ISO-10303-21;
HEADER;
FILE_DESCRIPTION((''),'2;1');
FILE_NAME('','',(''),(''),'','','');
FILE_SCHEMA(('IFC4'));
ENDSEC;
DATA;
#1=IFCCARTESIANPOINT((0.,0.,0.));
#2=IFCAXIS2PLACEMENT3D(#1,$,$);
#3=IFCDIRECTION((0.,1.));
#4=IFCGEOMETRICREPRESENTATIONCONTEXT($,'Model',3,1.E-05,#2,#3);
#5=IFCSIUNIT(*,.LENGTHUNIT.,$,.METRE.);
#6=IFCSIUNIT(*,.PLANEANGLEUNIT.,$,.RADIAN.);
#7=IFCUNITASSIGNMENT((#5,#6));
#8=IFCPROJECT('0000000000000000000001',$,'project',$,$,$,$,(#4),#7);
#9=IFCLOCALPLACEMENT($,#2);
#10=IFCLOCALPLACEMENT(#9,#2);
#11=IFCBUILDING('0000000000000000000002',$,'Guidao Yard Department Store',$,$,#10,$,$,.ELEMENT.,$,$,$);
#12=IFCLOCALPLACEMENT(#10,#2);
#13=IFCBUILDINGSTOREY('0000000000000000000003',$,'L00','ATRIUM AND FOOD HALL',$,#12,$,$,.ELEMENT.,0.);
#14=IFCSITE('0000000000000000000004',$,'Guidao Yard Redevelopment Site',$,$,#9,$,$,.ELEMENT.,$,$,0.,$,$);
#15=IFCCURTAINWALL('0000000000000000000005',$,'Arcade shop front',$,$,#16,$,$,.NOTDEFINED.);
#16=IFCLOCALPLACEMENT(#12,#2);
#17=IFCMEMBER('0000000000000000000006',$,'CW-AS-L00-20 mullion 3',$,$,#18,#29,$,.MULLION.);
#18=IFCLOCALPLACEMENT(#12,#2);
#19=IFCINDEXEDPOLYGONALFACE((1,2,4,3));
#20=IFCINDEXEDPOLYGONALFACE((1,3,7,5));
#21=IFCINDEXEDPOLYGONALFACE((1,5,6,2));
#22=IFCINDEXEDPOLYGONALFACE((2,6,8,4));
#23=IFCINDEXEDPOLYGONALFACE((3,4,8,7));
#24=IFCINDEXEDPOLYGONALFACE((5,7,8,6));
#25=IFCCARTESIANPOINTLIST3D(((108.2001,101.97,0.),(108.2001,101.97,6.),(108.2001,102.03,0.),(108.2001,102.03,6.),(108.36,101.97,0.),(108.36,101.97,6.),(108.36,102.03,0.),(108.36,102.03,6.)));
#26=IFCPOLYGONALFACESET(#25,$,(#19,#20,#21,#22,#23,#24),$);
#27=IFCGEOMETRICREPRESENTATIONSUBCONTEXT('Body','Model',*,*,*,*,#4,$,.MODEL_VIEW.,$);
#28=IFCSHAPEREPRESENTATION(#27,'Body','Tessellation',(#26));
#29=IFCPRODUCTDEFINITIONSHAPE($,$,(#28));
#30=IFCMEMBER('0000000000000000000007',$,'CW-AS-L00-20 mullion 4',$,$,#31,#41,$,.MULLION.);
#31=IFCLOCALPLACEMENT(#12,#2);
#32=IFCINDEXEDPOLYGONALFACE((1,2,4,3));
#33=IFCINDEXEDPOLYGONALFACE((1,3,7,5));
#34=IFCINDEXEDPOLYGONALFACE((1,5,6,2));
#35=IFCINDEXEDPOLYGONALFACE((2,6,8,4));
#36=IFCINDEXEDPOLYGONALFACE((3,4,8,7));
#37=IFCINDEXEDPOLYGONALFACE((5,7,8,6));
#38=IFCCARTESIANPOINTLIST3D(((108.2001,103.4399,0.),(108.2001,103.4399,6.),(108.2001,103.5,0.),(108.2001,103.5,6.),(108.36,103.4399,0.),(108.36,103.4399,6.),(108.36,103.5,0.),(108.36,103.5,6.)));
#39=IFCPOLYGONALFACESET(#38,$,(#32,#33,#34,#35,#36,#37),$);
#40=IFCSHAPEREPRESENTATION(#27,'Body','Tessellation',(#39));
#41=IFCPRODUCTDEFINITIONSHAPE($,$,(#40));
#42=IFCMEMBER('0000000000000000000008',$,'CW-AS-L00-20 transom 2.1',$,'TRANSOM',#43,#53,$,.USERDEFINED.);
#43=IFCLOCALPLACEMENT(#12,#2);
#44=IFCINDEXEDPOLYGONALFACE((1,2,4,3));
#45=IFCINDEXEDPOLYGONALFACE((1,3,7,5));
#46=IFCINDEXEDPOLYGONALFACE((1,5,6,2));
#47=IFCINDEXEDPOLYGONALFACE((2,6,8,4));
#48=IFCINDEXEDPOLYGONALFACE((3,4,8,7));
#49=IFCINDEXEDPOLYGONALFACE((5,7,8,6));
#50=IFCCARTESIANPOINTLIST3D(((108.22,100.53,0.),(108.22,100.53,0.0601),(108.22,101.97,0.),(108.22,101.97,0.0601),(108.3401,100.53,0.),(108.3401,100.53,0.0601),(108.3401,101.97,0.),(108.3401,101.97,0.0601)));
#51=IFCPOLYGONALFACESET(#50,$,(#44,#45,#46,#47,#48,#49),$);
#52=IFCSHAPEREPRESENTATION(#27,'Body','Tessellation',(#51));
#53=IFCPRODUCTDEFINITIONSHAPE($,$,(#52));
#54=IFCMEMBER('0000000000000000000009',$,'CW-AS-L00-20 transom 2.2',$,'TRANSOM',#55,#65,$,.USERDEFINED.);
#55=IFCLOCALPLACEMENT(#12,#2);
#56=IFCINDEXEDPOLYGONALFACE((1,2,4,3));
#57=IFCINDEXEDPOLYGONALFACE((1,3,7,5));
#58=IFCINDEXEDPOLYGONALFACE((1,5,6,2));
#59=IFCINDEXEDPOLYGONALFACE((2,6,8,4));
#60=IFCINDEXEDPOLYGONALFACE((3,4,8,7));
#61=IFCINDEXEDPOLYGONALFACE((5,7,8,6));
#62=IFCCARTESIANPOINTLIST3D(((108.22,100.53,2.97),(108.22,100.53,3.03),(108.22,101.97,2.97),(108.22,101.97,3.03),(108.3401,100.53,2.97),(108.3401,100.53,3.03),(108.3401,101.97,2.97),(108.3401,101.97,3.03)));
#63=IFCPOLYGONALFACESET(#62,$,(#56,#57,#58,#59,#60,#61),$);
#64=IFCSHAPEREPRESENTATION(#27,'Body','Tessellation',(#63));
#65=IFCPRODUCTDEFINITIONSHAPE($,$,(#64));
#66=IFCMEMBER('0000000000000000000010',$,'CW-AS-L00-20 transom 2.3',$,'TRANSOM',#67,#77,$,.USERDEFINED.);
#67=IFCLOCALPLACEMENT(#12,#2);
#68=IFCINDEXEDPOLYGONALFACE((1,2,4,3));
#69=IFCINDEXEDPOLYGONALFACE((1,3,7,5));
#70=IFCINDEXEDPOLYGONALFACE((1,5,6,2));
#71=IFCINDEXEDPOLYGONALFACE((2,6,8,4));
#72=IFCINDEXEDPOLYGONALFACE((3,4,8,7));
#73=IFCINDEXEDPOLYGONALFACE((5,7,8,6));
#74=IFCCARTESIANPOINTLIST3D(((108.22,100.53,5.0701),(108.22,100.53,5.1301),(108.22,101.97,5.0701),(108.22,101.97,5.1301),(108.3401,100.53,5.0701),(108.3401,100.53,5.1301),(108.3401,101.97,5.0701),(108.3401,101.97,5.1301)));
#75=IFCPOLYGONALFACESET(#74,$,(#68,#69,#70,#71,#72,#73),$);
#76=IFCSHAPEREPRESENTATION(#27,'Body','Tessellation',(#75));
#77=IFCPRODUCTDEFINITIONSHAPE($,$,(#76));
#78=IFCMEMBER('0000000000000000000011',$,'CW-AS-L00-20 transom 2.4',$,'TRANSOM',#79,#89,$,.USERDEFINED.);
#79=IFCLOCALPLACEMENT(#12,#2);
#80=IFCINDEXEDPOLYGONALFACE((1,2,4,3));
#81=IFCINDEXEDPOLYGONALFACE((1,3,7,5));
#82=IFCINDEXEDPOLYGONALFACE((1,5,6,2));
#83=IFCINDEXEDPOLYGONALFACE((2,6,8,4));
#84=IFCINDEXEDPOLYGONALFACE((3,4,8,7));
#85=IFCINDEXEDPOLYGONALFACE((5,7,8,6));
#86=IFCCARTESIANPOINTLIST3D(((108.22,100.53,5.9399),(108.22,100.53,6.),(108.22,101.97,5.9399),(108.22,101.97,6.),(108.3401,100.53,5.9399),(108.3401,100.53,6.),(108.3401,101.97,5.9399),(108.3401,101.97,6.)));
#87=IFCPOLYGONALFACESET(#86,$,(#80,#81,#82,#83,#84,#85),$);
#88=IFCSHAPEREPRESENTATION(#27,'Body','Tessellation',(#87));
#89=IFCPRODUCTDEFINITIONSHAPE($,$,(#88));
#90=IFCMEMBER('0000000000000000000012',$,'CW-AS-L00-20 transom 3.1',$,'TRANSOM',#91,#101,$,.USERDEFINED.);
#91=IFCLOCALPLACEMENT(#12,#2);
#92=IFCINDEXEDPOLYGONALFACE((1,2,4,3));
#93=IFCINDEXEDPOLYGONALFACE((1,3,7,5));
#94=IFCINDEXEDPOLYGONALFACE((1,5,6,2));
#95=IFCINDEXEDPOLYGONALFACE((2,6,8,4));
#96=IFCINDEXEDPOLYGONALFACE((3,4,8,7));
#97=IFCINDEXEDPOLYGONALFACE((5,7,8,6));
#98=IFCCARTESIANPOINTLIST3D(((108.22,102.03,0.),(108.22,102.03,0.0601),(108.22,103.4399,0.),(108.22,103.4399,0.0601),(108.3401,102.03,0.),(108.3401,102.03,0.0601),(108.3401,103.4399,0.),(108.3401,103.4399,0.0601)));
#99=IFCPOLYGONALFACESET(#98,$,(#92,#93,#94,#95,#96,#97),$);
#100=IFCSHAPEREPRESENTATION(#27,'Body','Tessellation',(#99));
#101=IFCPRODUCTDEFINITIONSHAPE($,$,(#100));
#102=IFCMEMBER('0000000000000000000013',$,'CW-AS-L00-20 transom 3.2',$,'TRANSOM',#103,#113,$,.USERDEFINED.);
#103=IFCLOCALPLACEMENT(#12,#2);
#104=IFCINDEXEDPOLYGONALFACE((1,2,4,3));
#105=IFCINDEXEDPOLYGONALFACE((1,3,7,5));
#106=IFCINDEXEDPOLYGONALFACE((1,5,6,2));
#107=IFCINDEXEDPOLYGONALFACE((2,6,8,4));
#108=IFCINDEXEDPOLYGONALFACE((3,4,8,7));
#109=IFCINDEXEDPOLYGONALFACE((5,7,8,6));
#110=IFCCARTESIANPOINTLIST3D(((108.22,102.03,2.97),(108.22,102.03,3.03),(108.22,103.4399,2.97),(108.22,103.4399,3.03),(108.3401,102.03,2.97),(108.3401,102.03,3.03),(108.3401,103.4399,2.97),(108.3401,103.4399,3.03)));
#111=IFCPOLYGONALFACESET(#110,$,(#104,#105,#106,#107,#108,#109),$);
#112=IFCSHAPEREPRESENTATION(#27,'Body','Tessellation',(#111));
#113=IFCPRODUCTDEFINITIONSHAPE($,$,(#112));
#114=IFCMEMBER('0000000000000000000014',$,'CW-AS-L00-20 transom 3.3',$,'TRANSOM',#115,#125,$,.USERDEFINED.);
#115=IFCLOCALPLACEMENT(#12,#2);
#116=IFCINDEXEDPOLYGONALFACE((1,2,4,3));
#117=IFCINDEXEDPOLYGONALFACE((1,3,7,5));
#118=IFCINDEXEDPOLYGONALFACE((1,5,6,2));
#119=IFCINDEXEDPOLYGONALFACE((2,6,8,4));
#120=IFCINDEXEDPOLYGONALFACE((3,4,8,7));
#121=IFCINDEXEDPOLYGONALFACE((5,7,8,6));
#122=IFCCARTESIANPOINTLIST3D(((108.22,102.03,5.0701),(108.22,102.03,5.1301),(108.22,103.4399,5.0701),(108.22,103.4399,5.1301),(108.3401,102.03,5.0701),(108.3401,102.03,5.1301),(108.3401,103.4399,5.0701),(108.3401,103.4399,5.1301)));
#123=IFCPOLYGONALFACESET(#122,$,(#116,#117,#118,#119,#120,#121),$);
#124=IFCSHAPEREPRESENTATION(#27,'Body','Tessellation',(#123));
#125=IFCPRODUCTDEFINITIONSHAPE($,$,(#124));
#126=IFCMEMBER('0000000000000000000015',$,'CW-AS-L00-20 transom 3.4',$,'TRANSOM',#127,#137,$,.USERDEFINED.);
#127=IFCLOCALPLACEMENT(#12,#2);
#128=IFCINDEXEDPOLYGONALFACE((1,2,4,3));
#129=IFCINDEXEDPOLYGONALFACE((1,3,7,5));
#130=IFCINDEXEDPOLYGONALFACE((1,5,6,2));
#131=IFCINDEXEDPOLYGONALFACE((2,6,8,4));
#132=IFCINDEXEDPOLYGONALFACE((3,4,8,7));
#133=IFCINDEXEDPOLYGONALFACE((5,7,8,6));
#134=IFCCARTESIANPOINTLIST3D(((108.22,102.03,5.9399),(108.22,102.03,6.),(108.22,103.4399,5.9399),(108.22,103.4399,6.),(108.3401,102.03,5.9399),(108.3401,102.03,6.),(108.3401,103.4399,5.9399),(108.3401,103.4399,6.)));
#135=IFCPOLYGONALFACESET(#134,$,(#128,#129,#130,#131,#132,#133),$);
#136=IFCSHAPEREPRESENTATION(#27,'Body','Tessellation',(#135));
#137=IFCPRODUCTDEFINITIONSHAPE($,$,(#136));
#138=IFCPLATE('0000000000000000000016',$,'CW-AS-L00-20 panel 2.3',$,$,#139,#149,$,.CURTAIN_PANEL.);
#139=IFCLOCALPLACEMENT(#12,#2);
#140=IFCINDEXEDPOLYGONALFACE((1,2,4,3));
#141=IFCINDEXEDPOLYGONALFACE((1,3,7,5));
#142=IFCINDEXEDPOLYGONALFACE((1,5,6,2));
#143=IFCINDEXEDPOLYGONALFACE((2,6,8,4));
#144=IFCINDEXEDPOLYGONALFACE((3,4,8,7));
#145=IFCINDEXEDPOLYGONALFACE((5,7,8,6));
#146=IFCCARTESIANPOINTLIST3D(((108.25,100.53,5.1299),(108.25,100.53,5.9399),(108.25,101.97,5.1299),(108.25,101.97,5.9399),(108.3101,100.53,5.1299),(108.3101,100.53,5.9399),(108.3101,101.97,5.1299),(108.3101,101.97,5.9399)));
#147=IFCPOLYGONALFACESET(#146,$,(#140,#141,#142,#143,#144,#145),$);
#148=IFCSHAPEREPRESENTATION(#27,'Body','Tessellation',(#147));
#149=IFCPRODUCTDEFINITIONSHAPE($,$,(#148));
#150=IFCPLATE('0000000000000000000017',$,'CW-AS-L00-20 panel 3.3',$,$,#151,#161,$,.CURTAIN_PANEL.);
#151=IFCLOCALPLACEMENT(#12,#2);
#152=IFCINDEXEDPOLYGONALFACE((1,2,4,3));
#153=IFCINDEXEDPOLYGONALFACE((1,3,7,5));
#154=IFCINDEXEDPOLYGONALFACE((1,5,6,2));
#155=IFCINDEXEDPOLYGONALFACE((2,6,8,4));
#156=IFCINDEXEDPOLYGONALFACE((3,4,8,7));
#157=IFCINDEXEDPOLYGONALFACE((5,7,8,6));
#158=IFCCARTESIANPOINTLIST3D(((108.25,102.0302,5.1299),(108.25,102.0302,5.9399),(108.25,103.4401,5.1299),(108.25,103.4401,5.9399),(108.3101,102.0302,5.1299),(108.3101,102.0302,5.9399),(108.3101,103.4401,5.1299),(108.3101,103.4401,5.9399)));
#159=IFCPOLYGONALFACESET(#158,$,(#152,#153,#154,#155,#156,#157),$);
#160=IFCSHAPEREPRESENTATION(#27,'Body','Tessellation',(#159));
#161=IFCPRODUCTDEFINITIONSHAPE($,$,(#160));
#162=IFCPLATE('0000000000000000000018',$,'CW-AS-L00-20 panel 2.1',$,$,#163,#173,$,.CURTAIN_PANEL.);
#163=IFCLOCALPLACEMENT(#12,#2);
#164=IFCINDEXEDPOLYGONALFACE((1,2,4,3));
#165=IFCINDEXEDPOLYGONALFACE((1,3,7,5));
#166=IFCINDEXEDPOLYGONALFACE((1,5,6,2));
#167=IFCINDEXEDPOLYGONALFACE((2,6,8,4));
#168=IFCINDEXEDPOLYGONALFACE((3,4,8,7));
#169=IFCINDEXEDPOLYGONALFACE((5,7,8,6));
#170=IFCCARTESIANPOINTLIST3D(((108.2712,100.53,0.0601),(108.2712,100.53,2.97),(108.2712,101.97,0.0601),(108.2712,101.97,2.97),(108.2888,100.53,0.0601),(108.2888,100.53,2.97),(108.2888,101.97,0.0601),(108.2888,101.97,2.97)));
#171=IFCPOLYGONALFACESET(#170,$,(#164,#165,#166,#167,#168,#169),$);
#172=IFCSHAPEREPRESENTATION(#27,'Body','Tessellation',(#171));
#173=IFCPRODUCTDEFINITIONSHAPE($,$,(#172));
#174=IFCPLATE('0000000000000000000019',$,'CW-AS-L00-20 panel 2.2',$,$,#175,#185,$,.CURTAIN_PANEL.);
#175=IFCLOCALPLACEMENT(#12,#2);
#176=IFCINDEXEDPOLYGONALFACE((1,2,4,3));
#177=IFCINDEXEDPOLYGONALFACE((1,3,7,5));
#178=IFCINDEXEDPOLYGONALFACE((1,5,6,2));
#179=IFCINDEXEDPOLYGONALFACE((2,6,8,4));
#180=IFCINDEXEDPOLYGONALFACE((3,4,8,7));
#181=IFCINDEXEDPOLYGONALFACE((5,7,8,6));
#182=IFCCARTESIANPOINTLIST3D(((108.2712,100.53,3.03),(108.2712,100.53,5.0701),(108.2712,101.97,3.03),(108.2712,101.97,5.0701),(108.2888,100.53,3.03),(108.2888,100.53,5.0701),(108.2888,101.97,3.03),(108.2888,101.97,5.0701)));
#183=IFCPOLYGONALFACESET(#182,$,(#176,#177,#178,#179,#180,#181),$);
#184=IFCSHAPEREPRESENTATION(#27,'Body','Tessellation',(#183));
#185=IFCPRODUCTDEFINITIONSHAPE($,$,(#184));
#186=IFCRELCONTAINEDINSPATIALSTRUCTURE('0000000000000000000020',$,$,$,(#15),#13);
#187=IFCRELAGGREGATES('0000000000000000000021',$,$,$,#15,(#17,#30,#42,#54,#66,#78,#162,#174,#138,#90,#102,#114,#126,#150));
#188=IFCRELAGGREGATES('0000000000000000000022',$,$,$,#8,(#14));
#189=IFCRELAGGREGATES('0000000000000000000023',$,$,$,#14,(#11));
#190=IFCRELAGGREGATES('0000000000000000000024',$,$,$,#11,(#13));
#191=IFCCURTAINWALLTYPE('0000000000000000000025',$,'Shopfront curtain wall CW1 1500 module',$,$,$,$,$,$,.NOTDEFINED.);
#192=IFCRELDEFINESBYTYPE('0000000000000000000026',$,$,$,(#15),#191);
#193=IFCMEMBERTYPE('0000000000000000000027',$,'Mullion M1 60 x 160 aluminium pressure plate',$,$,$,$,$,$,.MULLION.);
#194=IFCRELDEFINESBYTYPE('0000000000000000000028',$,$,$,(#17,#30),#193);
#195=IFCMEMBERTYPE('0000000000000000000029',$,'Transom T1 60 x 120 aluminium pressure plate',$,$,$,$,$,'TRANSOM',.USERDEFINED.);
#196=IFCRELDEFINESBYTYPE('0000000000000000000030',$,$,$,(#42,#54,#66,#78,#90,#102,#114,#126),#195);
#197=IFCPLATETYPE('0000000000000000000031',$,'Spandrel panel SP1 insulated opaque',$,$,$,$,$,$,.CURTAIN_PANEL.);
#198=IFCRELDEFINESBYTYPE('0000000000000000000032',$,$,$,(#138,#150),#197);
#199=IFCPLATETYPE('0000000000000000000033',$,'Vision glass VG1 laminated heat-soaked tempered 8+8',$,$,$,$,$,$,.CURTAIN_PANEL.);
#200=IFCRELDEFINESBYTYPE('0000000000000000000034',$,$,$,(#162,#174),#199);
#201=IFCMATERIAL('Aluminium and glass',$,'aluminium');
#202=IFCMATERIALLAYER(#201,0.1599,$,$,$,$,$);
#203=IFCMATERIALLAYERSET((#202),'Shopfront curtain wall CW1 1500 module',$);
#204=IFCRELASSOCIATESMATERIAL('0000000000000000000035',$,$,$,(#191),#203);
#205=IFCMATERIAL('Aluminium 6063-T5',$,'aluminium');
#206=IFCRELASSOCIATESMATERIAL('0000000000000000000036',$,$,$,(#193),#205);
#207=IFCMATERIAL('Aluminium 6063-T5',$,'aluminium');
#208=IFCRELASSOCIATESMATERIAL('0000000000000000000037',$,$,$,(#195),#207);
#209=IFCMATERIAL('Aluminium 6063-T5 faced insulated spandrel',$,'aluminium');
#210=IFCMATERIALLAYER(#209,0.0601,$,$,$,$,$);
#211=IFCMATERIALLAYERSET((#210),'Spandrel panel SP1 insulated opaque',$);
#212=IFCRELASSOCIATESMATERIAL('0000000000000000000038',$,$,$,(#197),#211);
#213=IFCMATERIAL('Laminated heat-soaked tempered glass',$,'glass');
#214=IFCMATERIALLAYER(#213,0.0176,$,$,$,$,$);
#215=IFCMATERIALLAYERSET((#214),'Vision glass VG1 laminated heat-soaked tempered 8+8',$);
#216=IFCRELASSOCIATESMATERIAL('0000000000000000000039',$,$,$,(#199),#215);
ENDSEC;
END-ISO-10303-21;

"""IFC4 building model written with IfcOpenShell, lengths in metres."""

from ifc_helpers import new_model, si_unit, direction, frame, origin, origin_2d, place, context, subcontext, project, spatial, rectangle, extrude, material, layer, layer_set, material_profile, profile_set, type_object, element, aggregate, save


model = new_model("IFC4")

# Units and contexts
model_context = context("Model", 3, precision=1e-05, world=origin(), true_north=direction((0.0, 1.0)))
body_context = subcontext(model_context, "Body", "Model", "MODEL_VIEW")
ifc_project = project(units=[si_unit("LENGTHUNIT", "METRE"), si_unit("PLANEANGLEUNIT", "RADIAN")], contexts=[model_context])

# Site, building, storey
site_placement = place(None, origin())
site = spatial("IfcSite", under=ifc_project, at=site_placement, Name="Guidao Yard Redevelopment Site", CompositionType="ELEMENT", RefElevation=0.0)
building_placement = place(site_placement, origin())
building = spatial("IfcBuilding", under=site, at=building_placement, Name="Guidao Yard Department Store", CompositionType="ELEMENT")
storey_placement = place(building_placement, origin())
storey = spatial("IfcBuildingStorey", under=building, at=storey_placement, Name="L00", Description="ATRIUM AND FOOD HALL", CompositionType="ELEMENT", Elevation=0.0)

# Curtain wall, members, plates
ifc_material_1 = material(Name="Aluminium and glass", Category="aluminium")
ifc_layer_1 = layer(ifc_material_1, 0.1599)
ifc_layer_set_1 = layer_set([ifc_layer_1], Name="Shopfront curtain wall CW1 1500 module")
curtain_wall_type = type_object("IfcCurtainWallType", Name="Shopfront curtain wall CW1 1500 module", PredefinedType="NOTDEFINED", material=ifc_layer_set_1)
curtain_wall_placement = place(storey_placement, origin())
curtain_wall = element("IfcCurtainWall", 1, at=curtain_wall_placement, inside=storey, type_object=curtain_wall_type, Name="Arcade shop front", PredefinedType="NOTDEFINED")
ifc_material_2 = material(Name="Aluminium 6063-T5", Category="aluminium")
ifc_material_profile_1 = material_profile(ifc_material_2, rectangle(XDim=0.0601, YDim=0.1599, at=origin_2d()), Name="Mullion M1 60 x 160 aluminium pressure plate")
ifc_profile_set_1 = profile_set([ifc_material_profile_1], Name="Aluminium 6063-T5")
member_type_1 = type_object("IfcMemberType", Name="Mullion M1 60 x 160 aluminium pressure plate", PredefinedType="MULLION", material=ifc_profile_set_1)
member_1_placement = place(storey_placement, frame((108.28, 102.0, 0.0), z_axis=(0.0, 0.0, 1.0), x_axis=(0.0, -1.0, 0.0)))
member_1 = element("IfcMember", 2, at=member_1_placement, type_object=member_type_1, Name="CW-AS-L00-20 mullion 3", PredefinedType="MULLION", context=body_context, shape_type="SweptSolid", body=[
    extrude(rectangle(XDim=0.0601, YDim=0.1599, at=origin_2d()), origin(), (0.0, 0.0, 1.0), 6.0),
])
member_2_placement = place(storey_placement, frame((108.28, 103.47, 0.0), z_axis=(0.0, 0.0, 1.0), x_axis=(0.0, -1.0, 0.0)))
member_2 = element("IfcMember", 3, at=member_2_placement, type_object=member_type_1, Name="CW-AS-L00-20 mullion 4", PredefinedType="MULLION", context=body_context, shape_type="SweptSolid", body=[
    extrude(rectangle(XDim=0.0601, YDim=0.1599, at=origin_2d()), origin(), (0.0, 0.0, 1.0), 6.0),
])
ifc_material_3 = material(Name="Aluminium 6063-T5", Category="aluminium")
ifc_material_profile_2 = material_profile(ifc_material_3, rectangle(XDim=0.1201, YDim=0.0601, at=origin_2d()), Name="Transom T1 60 x 120 aluminium pressure plate")
ifc_profile_set_2 = profile_set([ifc_material_profile_2], Name="Aluminium 6063-T5")
member_type_2 = type_object("IfcMemberType", Name="Transom T1 60 x 120 aluminium pressure plate", ElementType="TRANSOM", PredefinedType="USERDEFINED", material=ifc_profile_set_2)
member_3_placement = place(storey_placement, frame((108.28, 101.97, 0.03), z_axis=(0.0, -1.0, 0.0), x_axis=(1.0, 0.0, 0.0)))
member_3 = element("IfcMember", 4, at=member_3_placement, type_object=member_type_2, Name="CW-AS-L00-20 transom 2.1", ObjectType="TRANSOM", PredefinedType="USERDEFINED", context=body_context, shape_type="SweptSolid", body=[
    extrude(rectangle(XDim=0.1201, YDim=0.0601, at=origin_2d()), origin(), (0.0, 0.0, 1.0), 1.4399),
])
member_4_placement = place(storey_placement, frame((108.28, 101.97, 3.0), z_axis=(0.0, -1.0, 0.0), x_axis=(1.0, 0.0, 0.0)))
member_4 = element("IfcMember", 5, at=member_4_placement, type_object=member_type_2, Name="CW-AS-L00-20 transom 2.2", ObjectType="TRANSOM", PredefinedType="USERDEFINED", context=body_context, shape_type="SweptSolid", body=[
    extrude(rectangle(XDim=0.1201, YDim=0.0601, at=origin_2d()), origin(), (0.0, 0.0, 1.0), 1.4399),
])
member_5_placement = place(storey_placement, frame((108.28, 101.97, 5.1001), z_axis=(0.0, -1.0, 0.0), x_axis=(1.0, 0.0, 0.0)))
member_5 = element("IfcMember", 6, at=member_5_placement, type_object=member_type_2, Name="CW-AS-L00-20 transom 2.3", ObjectType="TRANSOM", PredefinedType="USERDEFINED", context=body_context, shape_type="SweptSolid", body=[
    extrude(rectangle(XDim=0.1201, YDim=0.0601, at=origin_2d()), origin(), (0.0, 0.0, 1.0), 1.4399),
])
member_6_placement = place(storey_placement, frame((108.28, 101.97, 5.97), z_axis=(0.0, -1.0, 0.0), x_axis=(1.0, 0.0, 0.0)))
member_6 = element("IfcMember", 7, at=member_6_placement, type_object=member_type_2, Name="CW-AS-L00-20 transom 2.4", ObjectType="TRANSOM", PredefinedType="USERDEFINED", context=body_context, shape_type="SweptSolid", body=[
    extrude(rectangle(XDim=0.1201, YDim=0.0601, at=origin_2d()), origin(), (0.0, 0.0, 1.0), 1.4399),
])
member_7_placement = place(storey_placement, frame((108.28, 103.4399, 0.03), z_axis=(0.0, -1.0, 0.0), x_axis=(1.0, 0.0, 0.0)))
member_7 = element("IfcMember", 8, at=member_7_placement, type_object=member_type_2, Name="CW-AS-L00-20 transom 3.1", ObjectType="TRANSOM", PredefinedType="USERDEFINED", context=body_context, shape_type="SweptSolid", body=[
    extrude(rectangle(XDim=0.1201, YDim=0.0601, at=origin_2d()), origin(), (0.0, 0.0, 1.0), 1.4099),
])
member_8_placement = place(storey_placement, frame((108.28, 103.4399, 3.0), z_axis=(0.0, -1.0, 0.0), x_axis=(1.0, 0.0, 0.0)))
member_8 = element("IfcMember", 9, at=member_8_placement, type_object=member_type_2, Name="CW-AS-L00-20 transom 3.2", ObjectType="TRANSOM", PredefinedType="USERDEFINED", context=body_context, shape_type="SweptSolid", body=[
    extrude(rectangle(XDim=0.1201, YDim=0.0601, at=origin_2d()), origin(), (0.0, 0.0, 1.0), 1.4099),
])
member_9_placement = place(storey_placement, frame((108.28, 103.4399, 5.1001), z_axis=(0.0, -1.0, 0.0), x_axis=(1.0, 0.0, 0.0)))
member_9 = element("IfcMember", 10, at=member_9_placement, type_object=member_type_2, Name="CW-AS-L00-20 transom 3.3", ObjectType="TRANSOM", PredefinedType="USERDEFINED", context=body_context, shape_type="SweptSolid", body=[
    extrude(rectangle(XDim=0.1201, YDim=0.0601, at=origin_2d()), origin(), (0.0, 0.0, 1.0), 1.4099),
])
member_10_placement = place(storey_placement, frame((108.28, 103.4399, 5.97), z_axis=(0.0, -1.0, 0.0), x_axis=(1.0, 0.0, 0.0)))
member_10 = element("IfcMember", 11, at=member_10_placement, type_object=member_type_2, Name="CW-AS-L00-20 transom 3.4", ObjectType="TRANSOM", PredefinedType="USERDEFINED", context=body_context, shape_type="SweptSolid", body=[
    extrude(rectangle(XDim=0.1201, YDim=0.0601, at=origin_2d()), origin(), (0.0, 0.0, 1.0), 1.4099),
])
ifc_material_4 = material(Name="Aluminium 6063-T5 faced insulated spandrel", Category="aluminium")
ifc_layer_2 = layer(ifc_material_4, 0.0601)
ifc_layer_set_2 = layer_set([ifc_layer_2], Name="Spandrel panel SP1 insulated opaque")
plate_type_1 = type_object("IfcPlateType", Name="Spandrel panel SP1 insulated opaque", PredefinedType="CURTAIN_PANEL", material=ifc_layer_set_2)
plate_1_placement = place(storey_placement, frame((108.28, 101.25, 5.1299), z_axis=(0.0, 0.0, 1.0), x_axis=(0.0, -1.0, 0.0)))
plate_1 = element("IfcPlate", 12, at=plate_1_placement, type_object=plate_type_1, Name="CW-AS-L00-20 panel 2.3", PredefinedType="CURTAIN_PANEL", context=body_context, shape_type="SweptSolid", body=[
    extrude(rectangle(XDim=1.4399, YDim=0.0601, at=origin_2d()), origin(), (0.0, 0.0, 1.0), 0.8101),
])
plate_2_placement = place(storey_placement, frame((108.28, 102.7351, 5.1299), z_axis=(0.0, 0.0, 1.0), x_axis=(0.0, -1.0, 0.0)))
plate_2 = element("IfcPlate", 13, at=plate_2_placement, type_object=plate_type_1, Name="CW-AS-L00-20 panel 3.3", PredefinedType="CURTAIN_PANEL", context=body_context, shape_type="SweptSolid", body=[
    extrude(rectangle(XDim=1.4099, YDim=0.0601, at=origin_2d()), origin(), (0.0, 0.0, 1.0), 0.8101),
])
ifc_material_5 = material(Name="Laminated heat-soaked tempered glass", Category="glass")
ifc_layer_3 = layer(ifc_material_5, 0.0176)
ifc_layer_set_3 = layer_set([ifc_layer_3], Name="Vision glass VG1 laminated heat-soaked tempered 8+8")
plate_type_2 = type_object("IfcPlateType", Name="Vision glass VG1 laminated heat-soaked tempered 8+8", PredefinedType="CURTAIN_PANEL", material=ifc_layer_set_3)
plate_3_placement = place(storey_placement, frame((108.28, 101.25, 0.0601), z_axis=(0.0, 0.0, 1.0), x_axis=(0.0, -1.0, 0.0)))
plate_3 = element("IfcPlate", 14, at=plate_3_placement, type_object=plate_type_2, Name="CW-AS-L00-20 panel 2.1", PredefinedType="CURTAIN_PANEL", context=body_context, shape_type="SweptSolid", body=[
    extrude(rectangle(XDim=1.4399, YDim=0.0176, at=origin_2d()), origin(), (0.0, 0.0, 1.0), 2.9099),
])
plate_4_placement = place(storey_placement, frame((108.28, 101.25, 3.03), z_axis=(0.0, 0.0, 1.0), x_axis=(0.0, -1.0, 0.0)))
plate_4 = element("IfcPlate", 15, at=plate_4_placement, type_object=plate_type_2, Name="CW-AS-L00-20 panel 2.2", PredefinedType="CURTAIN_PANEL", context=body_context, shape_type="SweptSolid", body=[
    extrude(rectangle(XDim=1.4399, YDim=0.0176, at=origin_2d()), origin(), (0.0, 0.0, 1.0), 2.04),
])
aggregate(curtain_wall, [member_1, member_2, member_3, member_4, member_5, member_6, plate_3, plate_4, plate_1, member_7, member_8, member_9, member_10, plate_2])

save(model, "model.ifc")
